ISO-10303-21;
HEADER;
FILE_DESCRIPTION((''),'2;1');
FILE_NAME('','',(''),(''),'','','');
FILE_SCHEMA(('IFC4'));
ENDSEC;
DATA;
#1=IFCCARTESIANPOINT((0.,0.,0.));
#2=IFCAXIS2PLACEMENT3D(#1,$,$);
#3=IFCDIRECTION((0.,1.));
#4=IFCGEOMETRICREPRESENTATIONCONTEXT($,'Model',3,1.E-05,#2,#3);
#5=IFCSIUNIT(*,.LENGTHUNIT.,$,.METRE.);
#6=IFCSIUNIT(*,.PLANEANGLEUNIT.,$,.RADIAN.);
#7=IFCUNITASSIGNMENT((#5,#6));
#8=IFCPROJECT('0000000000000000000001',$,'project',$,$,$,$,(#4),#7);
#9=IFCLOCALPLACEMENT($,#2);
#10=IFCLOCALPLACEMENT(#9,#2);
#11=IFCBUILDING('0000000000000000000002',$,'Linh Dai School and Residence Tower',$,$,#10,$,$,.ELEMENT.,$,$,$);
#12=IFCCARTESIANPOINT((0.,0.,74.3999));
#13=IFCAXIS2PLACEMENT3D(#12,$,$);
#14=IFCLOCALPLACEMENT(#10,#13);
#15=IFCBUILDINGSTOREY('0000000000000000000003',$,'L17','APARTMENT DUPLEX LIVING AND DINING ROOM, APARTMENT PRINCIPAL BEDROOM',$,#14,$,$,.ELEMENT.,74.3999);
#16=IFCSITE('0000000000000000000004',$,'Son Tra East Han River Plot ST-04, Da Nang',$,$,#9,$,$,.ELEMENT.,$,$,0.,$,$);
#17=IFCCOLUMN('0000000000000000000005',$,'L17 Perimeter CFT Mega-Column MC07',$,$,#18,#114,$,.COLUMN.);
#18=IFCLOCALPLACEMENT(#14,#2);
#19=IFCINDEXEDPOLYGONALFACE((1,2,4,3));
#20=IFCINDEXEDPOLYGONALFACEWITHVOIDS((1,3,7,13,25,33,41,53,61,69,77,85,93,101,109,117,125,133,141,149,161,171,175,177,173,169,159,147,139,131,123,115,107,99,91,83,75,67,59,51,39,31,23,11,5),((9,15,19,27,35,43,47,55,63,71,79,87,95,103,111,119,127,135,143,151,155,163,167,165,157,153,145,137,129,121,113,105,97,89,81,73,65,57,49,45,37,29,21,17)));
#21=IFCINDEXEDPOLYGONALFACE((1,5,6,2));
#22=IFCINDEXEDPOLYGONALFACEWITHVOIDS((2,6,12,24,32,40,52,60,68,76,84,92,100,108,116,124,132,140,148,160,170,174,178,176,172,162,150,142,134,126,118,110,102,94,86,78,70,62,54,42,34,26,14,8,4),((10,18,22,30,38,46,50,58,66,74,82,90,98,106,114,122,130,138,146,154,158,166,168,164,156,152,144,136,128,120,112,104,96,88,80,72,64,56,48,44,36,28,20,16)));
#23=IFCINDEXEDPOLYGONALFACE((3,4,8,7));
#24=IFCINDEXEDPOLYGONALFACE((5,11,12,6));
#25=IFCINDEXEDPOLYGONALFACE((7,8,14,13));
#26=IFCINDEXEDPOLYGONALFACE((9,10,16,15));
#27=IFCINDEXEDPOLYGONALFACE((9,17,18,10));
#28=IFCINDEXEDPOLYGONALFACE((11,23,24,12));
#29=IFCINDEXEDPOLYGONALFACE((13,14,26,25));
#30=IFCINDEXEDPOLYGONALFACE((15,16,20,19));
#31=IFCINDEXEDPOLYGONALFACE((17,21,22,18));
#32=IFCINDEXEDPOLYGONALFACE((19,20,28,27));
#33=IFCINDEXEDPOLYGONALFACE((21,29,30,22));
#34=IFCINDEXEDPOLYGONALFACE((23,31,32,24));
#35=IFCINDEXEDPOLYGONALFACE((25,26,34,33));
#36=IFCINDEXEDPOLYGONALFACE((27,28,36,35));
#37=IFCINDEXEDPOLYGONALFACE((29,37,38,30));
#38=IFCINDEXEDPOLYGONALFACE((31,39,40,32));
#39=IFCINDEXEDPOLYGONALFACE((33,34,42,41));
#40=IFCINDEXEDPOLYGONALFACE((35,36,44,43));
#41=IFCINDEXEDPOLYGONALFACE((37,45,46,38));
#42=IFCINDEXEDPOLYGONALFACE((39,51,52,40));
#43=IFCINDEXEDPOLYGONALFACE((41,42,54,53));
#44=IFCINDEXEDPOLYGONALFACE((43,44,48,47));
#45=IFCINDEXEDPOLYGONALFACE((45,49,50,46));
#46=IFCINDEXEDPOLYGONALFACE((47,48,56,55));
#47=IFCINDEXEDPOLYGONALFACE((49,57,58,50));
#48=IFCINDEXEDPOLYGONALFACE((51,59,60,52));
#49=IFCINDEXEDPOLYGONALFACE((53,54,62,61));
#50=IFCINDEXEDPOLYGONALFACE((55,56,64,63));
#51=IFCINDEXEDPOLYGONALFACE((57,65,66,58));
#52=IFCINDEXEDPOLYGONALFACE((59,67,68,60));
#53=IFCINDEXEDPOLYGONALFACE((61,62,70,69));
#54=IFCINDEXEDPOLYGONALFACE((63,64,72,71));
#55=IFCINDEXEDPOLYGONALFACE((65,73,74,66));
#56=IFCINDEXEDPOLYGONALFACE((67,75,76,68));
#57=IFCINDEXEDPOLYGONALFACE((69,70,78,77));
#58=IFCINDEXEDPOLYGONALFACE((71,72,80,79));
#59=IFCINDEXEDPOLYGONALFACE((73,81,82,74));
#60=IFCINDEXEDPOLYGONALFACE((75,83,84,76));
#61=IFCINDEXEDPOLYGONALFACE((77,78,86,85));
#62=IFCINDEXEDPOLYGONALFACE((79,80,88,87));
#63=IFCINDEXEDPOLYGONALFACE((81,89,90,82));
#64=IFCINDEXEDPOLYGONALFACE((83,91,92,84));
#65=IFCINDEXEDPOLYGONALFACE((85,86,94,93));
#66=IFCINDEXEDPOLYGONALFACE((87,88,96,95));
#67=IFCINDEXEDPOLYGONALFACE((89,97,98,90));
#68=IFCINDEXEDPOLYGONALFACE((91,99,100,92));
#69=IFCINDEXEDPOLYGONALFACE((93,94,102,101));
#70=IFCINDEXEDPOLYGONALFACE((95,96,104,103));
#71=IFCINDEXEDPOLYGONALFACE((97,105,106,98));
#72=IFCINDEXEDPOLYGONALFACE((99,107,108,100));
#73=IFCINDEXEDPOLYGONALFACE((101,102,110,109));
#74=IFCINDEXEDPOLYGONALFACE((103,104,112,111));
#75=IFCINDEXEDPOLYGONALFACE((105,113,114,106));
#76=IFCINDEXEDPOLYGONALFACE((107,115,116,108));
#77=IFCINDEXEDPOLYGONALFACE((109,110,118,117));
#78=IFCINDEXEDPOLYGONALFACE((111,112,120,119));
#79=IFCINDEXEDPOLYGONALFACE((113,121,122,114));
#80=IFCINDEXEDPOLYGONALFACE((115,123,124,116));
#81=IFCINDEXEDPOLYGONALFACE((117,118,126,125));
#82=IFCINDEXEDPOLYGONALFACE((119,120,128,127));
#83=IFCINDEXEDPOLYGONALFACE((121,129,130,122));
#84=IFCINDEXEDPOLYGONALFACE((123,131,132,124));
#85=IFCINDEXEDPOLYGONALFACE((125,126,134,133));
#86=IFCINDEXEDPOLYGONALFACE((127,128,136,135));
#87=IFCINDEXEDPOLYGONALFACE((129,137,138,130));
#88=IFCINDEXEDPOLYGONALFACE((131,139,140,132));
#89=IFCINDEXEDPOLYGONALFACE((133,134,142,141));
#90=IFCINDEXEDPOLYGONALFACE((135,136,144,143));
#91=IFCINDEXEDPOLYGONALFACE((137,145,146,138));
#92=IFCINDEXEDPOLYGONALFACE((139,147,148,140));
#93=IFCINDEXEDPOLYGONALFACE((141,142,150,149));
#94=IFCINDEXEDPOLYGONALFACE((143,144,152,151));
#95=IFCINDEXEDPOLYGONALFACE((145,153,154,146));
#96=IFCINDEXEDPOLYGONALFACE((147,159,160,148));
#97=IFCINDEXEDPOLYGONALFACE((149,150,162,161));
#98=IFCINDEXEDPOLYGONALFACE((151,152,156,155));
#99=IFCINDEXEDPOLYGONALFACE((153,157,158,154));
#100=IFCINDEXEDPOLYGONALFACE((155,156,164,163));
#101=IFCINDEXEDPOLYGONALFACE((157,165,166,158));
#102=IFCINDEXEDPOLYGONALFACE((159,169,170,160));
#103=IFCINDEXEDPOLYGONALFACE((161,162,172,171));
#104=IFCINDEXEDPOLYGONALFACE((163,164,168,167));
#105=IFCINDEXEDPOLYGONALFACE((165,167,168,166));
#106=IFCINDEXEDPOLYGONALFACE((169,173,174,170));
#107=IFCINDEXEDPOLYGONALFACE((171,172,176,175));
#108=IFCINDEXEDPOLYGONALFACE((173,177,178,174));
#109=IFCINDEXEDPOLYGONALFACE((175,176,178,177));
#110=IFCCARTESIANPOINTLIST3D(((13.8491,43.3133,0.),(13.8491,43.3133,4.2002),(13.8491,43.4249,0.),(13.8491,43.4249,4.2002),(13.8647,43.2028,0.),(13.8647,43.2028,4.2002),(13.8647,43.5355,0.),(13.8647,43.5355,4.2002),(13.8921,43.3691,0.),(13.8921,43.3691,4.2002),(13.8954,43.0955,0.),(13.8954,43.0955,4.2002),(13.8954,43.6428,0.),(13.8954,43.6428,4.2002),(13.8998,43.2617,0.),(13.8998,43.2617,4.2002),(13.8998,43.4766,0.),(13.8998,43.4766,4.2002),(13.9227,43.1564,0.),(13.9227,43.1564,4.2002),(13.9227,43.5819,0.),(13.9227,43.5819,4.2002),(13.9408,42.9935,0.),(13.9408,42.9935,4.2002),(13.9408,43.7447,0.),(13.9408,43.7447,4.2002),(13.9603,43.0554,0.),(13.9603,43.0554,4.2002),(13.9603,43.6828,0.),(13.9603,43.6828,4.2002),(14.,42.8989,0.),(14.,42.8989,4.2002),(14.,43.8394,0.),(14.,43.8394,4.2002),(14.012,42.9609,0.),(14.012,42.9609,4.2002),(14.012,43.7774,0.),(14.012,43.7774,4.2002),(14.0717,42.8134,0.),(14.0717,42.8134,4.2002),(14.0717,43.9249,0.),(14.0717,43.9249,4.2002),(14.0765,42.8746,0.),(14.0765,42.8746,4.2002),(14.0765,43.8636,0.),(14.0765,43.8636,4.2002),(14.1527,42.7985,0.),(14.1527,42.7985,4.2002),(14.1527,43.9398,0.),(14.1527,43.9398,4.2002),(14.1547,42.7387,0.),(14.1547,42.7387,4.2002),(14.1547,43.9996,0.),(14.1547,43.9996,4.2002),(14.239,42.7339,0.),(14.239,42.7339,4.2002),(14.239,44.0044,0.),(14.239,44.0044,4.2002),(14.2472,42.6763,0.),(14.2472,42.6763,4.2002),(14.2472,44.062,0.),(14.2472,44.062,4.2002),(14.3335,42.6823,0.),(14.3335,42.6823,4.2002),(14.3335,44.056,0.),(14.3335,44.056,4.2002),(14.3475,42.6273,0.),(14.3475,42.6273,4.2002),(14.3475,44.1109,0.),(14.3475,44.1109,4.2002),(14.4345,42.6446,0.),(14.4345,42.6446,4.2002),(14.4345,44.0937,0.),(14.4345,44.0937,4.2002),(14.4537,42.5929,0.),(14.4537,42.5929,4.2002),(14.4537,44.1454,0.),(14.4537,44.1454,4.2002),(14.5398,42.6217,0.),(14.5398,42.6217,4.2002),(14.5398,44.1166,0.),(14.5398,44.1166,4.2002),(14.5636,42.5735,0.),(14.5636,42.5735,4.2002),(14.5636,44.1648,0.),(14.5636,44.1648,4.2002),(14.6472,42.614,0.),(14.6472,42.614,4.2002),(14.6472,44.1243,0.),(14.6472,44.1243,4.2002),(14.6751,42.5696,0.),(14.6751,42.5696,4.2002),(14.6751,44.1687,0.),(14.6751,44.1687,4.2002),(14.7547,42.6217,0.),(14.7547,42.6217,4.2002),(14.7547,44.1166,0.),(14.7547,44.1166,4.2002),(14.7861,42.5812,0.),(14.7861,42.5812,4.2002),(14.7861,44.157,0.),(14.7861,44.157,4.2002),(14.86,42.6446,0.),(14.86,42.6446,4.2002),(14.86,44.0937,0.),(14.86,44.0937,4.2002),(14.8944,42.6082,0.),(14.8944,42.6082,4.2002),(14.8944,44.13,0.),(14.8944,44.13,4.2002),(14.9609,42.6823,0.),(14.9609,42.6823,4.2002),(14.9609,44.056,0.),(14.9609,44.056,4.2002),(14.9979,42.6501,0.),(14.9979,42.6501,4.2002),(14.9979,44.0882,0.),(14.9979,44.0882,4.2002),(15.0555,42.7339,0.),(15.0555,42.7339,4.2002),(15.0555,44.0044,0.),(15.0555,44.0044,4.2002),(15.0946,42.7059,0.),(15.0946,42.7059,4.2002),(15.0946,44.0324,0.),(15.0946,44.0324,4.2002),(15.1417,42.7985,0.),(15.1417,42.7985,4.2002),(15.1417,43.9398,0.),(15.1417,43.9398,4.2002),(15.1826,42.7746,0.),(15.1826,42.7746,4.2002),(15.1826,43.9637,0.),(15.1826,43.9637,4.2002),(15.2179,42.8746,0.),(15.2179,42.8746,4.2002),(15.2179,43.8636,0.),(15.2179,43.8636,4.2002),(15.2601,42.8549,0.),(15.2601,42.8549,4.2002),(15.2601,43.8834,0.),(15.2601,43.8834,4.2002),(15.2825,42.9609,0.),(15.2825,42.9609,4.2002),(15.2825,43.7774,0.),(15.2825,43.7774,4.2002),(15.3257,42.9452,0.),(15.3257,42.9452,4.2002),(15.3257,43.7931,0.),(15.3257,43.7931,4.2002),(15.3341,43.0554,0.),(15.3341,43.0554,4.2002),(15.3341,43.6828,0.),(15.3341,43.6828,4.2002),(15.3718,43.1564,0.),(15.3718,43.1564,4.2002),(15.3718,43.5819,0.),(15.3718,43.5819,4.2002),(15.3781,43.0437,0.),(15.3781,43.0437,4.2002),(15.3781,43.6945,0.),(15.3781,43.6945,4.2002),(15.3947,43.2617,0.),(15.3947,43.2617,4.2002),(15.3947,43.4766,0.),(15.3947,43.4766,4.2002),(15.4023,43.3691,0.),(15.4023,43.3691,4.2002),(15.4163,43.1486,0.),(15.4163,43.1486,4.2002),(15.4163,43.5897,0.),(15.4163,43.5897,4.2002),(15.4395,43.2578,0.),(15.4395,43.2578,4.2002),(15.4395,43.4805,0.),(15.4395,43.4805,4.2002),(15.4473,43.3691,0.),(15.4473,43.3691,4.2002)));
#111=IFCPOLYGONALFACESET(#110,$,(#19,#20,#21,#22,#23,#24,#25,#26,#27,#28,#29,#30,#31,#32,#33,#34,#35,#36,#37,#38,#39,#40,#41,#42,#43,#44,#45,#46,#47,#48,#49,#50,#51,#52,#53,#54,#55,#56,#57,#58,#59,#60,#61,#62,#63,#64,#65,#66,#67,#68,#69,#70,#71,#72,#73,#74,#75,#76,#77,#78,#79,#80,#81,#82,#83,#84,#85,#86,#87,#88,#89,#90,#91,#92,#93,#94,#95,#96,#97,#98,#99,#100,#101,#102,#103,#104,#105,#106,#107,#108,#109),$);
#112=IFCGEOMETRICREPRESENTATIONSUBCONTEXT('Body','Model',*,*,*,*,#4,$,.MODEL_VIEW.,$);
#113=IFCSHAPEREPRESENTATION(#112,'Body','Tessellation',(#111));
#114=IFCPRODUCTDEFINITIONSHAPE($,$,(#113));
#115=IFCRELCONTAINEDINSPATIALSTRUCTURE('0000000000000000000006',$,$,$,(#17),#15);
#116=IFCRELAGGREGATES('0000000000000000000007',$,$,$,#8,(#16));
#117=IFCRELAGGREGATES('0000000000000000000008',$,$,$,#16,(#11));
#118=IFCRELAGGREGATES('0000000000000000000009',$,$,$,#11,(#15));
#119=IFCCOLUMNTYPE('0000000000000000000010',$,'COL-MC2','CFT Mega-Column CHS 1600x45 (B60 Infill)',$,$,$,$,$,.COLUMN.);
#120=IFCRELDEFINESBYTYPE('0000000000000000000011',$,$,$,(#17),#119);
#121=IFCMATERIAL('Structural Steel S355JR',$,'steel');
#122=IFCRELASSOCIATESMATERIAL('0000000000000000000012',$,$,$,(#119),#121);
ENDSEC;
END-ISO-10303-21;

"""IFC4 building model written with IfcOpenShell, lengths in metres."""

from ifc_helpers import new_model, si_unit, direction, frame, origin, origin_2d, place, context, subcontext, project, spatial, hollow_circle, extrude, material, material_profile, profile_set, type_object, element, save


model = new_model("IFC4")

# Units and contexts
model_context = context("Model", 3, precision=1e-05, world=origin(), true_north=direction((0.0, 1.0)))
body_context = subcontext(model_context, "Body", "Model", "MODEL_VIEW")
ifc_project = project(units=[si_unit("LENGTHUNIT", "METRE"), si_unit("PLANEANGLEUNIT", "RADIAN")], contexts=[model_context])

# Site, building, storey
site_placement = place(None, origin())
site = spatial("IfcSite", under=ifc_project, at=site_placement, Name="Son Tra East Han River Plot ST-04, Da Nang", CompositionType="ELEMENT", RefElevation=0.0)
building_placement = place(site_placement, origin())
building = spatial("IfcBuilding", under=site, at=building_placement, Name="Linh Dai School and Residence Tower", CompositionType="ELEMENT")
storey_placement = place(building_placement, frame((0.0, 0.0, 74.3999)))
storey = spatial("IfcBuildingStorey", under=building, at=storey_placement, Name="L17", Description="APARTMENT DUPLEX LIVING AND DINING ROOM, APARTMENT PRINCIPAL BEDROOM", CompositionType="ELEMENT", Elevation=74.3999)

# Column
ifc_material_1 = material(Name="Structural Steel S355JR", Category="steel")
ifc_material_profile_1 = material_profile(ifc_material_1, hollow_circle(Radius=0.8, WallThickness=0.0449, at=origin_2d()), Name="CHS 1600x45")
ifc_profile_set_1 = profile_set([ifc_material_profile_1], Name="Structural Steel S355JR")
column_type = type_object("IfcColumnType", Name="COL-MC2", Description="CFT Mega-Column CHS 1600x45 (B60 Infill)", PredefinedType="COLUMN", material=ifc_profile_set_1)
for number, where, z_axis, x_axis, name in (
    (1, (14.6472, 43.3691, 0.0), (0.0, 0.0, 1.0), (1.0, 0.0, 0.0), "L17 Perimeter CFT Mega-Column MC07"),
):
    element("IfcColumn", number, at=place(storey_placement, frame(where, z_axis=z_axis, x_axis=x_axis)), inside=storey, type_object=column_type, Name=name, PredefinedType="COLUMN", context=body_context, shape_type="SweptSolid", body=[
        extrude(hollow_circle(Radius=0.8, WallThickness=0.0449, at=origin_2d()), origin(), (0.0, 0.0, 1.0), 4.2002),
    ])

save(model, "model.ifc")
